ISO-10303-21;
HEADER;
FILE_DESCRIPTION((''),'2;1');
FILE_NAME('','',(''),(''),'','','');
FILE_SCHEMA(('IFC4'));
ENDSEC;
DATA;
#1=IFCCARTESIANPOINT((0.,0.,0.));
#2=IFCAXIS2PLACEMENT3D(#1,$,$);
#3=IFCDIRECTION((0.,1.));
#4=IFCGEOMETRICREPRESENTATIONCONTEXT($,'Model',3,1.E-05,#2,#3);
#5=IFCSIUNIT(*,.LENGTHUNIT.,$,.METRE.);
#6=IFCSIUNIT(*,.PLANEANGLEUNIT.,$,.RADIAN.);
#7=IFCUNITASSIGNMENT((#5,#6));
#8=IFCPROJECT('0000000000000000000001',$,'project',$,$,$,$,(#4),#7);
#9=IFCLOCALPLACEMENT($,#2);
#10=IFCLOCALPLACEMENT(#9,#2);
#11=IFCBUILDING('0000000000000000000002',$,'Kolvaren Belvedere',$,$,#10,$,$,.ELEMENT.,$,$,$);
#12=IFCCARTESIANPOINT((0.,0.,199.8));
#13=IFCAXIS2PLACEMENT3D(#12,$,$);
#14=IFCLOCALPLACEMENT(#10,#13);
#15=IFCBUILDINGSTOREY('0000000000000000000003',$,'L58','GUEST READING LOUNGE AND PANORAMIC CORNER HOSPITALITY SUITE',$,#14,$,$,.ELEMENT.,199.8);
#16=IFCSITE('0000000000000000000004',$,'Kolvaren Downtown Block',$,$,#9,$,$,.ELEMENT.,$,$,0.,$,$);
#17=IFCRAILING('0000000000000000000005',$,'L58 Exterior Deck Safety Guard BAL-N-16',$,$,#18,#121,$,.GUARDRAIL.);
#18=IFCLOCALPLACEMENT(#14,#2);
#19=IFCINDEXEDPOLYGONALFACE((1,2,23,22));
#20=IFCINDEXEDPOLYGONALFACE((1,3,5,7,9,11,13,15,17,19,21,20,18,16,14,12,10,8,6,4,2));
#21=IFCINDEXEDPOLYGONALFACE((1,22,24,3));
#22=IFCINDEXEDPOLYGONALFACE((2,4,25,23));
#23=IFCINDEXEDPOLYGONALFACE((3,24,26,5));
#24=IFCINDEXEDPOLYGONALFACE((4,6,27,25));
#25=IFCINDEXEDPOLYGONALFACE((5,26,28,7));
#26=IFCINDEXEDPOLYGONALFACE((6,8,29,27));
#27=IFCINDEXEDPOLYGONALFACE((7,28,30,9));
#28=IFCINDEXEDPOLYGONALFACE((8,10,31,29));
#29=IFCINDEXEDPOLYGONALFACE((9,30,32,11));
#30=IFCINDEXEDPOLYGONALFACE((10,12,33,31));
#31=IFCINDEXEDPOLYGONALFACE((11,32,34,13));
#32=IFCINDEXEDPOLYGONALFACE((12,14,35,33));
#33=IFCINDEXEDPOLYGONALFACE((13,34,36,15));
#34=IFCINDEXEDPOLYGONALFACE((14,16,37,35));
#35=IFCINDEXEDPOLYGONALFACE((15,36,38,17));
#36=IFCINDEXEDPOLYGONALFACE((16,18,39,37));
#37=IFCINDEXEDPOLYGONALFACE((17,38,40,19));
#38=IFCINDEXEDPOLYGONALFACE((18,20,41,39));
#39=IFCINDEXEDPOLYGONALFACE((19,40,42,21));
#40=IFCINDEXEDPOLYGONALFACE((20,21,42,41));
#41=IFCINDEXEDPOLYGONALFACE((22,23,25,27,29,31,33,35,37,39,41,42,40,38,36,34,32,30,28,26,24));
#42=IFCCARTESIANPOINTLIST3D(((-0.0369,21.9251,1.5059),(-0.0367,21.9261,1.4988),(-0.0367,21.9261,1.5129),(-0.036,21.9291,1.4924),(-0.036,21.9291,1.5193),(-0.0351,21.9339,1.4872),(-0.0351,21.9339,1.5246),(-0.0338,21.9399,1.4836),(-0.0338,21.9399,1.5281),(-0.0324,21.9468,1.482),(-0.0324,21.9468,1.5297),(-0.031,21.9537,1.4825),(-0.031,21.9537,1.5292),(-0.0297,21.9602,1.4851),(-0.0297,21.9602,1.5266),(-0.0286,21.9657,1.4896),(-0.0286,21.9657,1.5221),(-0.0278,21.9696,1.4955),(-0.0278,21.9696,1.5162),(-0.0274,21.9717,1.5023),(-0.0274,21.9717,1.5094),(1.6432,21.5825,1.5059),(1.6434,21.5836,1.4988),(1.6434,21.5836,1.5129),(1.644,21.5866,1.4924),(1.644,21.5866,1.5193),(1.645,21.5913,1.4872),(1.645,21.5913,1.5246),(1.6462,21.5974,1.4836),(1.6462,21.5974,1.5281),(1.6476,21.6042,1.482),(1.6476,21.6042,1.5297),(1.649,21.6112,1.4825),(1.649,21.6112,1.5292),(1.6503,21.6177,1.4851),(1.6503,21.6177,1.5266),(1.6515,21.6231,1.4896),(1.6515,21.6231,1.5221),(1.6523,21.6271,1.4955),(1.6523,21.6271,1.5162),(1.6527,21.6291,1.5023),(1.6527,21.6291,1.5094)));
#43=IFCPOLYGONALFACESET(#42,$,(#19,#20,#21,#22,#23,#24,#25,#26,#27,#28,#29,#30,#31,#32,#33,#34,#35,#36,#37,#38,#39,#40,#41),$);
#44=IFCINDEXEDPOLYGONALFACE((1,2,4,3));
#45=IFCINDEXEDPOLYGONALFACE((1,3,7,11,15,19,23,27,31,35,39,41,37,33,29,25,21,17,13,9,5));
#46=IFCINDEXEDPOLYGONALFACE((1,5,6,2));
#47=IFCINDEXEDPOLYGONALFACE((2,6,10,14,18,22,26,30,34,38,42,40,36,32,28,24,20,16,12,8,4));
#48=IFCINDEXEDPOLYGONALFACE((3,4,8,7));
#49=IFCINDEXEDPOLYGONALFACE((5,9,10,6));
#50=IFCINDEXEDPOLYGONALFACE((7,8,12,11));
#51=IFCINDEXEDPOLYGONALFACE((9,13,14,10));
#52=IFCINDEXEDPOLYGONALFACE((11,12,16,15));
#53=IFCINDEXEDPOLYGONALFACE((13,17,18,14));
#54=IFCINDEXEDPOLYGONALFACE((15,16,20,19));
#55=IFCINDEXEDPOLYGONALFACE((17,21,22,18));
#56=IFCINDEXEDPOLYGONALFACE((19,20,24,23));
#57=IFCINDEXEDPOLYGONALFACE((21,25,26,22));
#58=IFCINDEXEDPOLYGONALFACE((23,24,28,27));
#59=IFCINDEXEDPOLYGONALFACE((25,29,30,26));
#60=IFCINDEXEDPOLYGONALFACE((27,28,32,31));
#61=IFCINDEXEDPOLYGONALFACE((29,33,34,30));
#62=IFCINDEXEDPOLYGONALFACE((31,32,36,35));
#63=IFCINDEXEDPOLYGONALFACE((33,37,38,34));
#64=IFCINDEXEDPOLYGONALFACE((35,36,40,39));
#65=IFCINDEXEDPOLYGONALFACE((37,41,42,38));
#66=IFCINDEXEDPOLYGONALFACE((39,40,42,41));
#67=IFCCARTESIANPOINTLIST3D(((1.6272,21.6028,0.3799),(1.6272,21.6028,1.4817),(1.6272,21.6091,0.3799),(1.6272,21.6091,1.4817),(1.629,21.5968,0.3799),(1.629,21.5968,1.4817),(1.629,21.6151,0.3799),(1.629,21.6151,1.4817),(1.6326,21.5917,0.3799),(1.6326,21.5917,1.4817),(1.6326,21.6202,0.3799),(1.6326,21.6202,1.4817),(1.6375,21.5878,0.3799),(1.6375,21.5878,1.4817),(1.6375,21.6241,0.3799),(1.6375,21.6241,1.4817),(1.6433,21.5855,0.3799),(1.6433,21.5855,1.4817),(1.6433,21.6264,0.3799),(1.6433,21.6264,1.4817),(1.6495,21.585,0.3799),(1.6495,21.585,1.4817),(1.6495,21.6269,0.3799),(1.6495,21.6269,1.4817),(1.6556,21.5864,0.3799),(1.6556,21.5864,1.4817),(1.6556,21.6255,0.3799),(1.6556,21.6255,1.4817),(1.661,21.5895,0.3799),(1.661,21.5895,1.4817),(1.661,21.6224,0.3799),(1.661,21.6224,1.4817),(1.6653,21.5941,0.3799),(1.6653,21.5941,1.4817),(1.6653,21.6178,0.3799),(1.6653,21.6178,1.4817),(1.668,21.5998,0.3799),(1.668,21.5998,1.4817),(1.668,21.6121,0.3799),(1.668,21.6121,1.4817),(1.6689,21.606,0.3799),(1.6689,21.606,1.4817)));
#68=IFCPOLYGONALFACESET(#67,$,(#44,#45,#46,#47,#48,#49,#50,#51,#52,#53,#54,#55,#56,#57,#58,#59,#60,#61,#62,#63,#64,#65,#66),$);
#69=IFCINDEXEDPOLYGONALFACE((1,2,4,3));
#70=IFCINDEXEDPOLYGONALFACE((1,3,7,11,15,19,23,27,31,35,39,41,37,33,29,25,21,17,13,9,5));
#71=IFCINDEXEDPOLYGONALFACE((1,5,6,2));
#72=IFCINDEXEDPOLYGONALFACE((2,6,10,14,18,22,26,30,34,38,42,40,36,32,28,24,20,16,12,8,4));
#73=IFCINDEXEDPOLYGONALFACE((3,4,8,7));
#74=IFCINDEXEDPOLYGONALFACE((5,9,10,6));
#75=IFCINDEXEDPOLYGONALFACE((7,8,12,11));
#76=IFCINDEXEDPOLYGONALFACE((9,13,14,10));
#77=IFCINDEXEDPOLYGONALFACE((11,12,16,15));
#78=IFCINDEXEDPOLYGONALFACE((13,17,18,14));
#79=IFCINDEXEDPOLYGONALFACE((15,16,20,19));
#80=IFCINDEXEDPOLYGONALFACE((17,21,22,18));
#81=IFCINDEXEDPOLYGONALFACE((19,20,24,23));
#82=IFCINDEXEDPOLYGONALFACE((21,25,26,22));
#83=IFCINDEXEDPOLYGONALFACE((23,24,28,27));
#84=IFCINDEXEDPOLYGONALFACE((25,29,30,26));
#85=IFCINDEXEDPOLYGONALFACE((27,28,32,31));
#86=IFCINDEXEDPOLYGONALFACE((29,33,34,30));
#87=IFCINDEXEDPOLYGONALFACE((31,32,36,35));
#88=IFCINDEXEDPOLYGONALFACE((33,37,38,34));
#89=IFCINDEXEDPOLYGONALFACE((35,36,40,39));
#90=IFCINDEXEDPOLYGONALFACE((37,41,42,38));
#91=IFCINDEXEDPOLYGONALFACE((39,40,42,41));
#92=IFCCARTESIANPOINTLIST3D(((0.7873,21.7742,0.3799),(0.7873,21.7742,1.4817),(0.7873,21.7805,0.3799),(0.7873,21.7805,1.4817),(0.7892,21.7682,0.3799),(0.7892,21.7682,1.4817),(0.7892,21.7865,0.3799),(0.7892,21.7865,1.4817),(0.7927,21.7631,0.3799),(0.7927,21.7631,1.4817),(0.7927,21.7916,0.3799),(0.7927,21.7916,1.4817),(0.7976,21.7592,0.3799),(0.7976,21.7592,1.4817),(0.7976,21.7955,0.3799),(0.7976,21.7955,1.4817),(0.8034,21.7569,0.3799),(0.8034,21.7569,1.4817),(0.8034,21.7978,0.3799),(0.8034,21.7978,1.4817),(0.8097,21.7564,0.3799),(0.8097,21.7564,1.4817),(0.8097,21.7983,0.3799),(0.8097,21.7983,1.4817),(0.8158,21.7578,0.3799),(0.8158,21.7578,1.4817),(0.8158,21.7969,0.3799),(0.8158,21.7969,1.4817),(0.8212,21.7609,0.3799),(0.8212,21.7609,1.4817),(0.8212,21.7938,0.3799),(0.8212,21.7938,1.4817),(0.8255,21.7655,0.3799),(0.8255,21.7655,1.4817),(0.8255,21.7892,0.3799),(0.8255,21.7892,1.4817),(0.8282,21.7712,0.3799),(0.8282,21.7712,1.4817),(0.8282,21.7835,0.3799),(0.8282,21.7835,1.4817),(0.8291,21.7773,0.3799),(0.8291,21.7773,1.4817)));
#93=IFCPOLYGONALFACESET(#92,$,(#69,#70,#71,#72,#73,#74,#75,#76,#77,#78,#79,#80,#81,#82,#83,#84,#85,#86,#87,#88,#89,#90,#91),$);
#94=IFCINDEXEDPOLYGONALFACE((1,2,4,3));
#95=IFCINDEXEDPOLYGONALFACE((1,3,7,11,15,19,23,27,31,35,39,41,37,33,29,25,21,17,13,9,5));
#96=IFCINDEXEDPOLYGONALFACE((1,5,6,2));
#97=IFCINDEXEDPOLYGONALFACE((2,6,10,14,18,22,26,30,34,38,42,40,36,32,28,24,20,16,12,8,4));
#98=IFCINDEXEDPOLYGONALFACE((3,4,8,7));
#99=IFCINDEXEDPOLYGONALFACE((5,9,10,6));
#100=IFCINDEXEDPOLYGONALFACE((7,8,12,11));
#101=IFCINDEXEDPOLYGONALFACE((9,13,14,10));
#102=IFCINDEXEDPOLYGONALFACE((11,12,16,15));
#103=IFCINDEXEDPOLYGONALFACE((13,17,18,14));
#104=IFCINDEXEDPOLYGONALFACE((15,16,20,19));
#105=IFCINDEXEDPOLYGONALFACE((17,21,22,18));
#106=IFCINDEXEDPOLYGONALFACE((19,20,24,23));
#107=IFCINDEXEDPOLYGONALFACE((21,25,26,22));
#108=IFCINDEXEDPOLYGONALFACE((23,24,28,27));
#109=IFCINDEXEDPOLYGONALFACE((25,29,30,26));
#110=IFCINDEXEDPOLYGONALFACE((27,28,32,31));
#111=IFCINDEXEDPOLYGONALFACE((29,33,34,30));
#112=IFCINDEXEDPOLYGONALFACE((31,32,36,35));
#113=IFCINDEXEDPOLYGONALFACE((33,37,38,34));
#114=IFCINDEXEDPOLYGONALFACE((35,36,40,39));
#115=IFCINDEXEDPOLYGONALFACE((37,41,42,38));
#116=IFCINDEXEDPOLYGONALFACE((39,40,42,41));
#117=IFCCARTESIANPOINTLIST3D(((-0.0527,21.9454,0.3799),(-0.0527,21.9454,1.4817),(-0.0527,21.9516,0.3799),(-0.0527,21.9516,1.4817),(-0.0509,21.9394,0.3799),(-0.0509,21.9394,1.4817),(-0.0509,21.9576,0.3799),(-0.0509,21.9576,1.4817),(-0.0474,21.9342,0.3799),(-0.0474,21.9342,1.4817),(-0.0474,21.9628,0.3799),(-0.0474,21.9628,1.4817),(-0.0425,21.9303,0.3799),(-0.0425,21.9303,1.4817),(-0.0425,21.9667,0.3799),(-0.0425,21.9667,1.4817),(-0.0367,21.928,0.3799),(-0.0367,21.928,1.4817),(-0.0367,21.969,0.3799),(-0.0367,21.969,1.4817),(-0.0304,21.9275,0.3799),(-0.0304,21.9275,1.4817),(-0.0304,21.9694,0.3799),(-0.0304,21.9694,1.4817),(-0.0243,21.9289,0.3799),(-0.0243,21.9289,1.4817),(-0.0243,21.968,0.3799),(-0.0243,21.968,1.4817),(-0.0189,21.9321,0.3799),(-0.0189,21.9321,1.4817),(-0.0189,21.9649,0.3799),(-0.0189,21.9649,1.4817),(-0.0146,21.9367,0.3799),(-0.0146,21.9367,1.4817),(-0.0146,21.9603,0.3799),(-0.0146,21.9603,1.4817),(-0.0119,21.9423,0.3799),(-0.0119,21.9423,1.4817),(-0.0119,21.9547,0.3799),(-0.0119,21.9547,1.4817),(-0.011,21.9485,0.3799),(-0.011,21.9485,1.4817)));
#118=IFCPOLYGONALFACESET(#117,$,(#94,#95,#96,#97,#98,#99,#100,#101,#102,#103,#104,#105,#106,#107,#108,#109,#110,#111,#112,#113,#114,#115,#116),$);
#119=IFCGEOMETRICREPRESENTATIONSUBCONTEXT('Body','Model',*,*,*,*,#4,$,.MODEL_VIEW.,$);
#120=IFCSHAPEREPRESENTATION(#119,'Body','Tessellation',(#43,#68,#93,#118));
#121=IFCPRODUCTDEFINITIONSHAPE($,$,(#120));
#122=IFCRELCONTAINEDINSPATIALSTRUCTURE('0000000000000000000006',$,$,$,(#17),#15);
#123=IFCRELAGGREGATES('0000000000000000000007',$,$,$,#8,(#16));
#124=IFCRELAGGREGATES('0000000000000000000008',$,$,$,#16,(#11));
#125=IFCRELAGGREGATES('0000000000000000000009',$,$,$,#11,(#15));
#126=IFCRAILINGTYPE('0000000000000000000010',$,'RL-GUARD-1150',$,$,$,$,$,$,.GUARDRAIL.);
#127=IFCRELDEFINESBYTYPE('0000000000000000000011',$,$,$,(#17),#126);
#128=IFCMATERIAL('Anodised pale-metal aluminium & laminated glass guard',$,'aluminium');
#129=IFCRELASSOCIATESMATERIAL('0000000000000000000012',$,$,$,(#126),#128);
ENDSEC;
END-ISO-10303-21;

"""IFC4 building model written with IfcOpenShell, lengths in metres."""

from ifc_helpers import new_model, si_unit, direction, frame, origin, origin_2d, place, context, subcontext, project, spatial, circle, extrude, material, type_object, element, save


model = new_model("IFC4")

# Units and contexts
model_context = context("Model", 3, precision=1e-05, world=origin(), true_north=direction((0.0, 1.0)))
body_context = subcontext(model_context, "Body", "Model", "MODEL_VIEW")
ifc_project = project(units=[si_unit("LENGTHUNIT", "METRE"), si_unit("PLANEANGLEUNIT", "RADIAN")], contexts=[model_context])

# Site, building, storey
site_placement = place(None, origin())
site = spatial("IfcSite", under=ifc_project, at=site_placement, Name="Kolvaren Downtown Block", CompositionType="ELEMENT", RefElevation=0.0)
building_placement = place(site_placement, origin())
building = spatial("IfcBuilding", under=site, at=building_placement, Name="Kolvaren Belvedere", CompositionType="ELEMENT")
storey_placement = place(building_placement, frame((0.0, 0.0, 199.8)))
storey = spatial("IfcBuildingStorey", under=building, at=storey_placement, Name="L58", Description="GUEST READING LOUNGE AND PANORAMIC CORNER HOSPITALITY SUITE", CompositionType="ELEMENT", Elevation=199.8)

# Railing
ifc_material_1 = material(Name="Anodised pale-metal aluminium & laminated glass guard", Category="aluminium")
railing_type = type_object("IfcRailingType", Name="RL-GUARD-1150", PredefinedType="GUARDRAIL", material=ifc_material_1)
railing_1_placement = place(storey_placement, frame((1.6479, 21.606, 0.3799)))
element("IfcRailing", 1, at=railing_1_placement, inside=storey, type_object=railing_type, Name="L58 Exterior Deck Safety Guard BAL-N-16", PredefinedType="GUARDRAIL", context=body_context, shape_type="SweptSolid", body=[
    extrude(circle(Radius=0.0239, at=origin_2d()), frame((0.0, 0.0, 1.126), z_axis=(-0.97984, 0.199784, 0.0), x_axis=(-0.199784, -0.97984, 0.0)), (0.0, 0.0, 1.0), 1.7146),
    extrude(circle(Radius=0.021, at=origin_2d()), origin(), (0.0, 0.0, 1.0), 1.1018),
    extrude(circle(Radius=0.021, at=origin_2d()), frame((-0.8398, 0.1714, 0.0)), (0.0, 0.0, 1.0), 1.1018),
    extrude(circle(Radius=0.021, at=origin_2d()), frame((-1.6799, 0.3425, 0.0)), (0.0, 0.0, 1.0), 1.1018),
])

save(model, "model.ifc")
